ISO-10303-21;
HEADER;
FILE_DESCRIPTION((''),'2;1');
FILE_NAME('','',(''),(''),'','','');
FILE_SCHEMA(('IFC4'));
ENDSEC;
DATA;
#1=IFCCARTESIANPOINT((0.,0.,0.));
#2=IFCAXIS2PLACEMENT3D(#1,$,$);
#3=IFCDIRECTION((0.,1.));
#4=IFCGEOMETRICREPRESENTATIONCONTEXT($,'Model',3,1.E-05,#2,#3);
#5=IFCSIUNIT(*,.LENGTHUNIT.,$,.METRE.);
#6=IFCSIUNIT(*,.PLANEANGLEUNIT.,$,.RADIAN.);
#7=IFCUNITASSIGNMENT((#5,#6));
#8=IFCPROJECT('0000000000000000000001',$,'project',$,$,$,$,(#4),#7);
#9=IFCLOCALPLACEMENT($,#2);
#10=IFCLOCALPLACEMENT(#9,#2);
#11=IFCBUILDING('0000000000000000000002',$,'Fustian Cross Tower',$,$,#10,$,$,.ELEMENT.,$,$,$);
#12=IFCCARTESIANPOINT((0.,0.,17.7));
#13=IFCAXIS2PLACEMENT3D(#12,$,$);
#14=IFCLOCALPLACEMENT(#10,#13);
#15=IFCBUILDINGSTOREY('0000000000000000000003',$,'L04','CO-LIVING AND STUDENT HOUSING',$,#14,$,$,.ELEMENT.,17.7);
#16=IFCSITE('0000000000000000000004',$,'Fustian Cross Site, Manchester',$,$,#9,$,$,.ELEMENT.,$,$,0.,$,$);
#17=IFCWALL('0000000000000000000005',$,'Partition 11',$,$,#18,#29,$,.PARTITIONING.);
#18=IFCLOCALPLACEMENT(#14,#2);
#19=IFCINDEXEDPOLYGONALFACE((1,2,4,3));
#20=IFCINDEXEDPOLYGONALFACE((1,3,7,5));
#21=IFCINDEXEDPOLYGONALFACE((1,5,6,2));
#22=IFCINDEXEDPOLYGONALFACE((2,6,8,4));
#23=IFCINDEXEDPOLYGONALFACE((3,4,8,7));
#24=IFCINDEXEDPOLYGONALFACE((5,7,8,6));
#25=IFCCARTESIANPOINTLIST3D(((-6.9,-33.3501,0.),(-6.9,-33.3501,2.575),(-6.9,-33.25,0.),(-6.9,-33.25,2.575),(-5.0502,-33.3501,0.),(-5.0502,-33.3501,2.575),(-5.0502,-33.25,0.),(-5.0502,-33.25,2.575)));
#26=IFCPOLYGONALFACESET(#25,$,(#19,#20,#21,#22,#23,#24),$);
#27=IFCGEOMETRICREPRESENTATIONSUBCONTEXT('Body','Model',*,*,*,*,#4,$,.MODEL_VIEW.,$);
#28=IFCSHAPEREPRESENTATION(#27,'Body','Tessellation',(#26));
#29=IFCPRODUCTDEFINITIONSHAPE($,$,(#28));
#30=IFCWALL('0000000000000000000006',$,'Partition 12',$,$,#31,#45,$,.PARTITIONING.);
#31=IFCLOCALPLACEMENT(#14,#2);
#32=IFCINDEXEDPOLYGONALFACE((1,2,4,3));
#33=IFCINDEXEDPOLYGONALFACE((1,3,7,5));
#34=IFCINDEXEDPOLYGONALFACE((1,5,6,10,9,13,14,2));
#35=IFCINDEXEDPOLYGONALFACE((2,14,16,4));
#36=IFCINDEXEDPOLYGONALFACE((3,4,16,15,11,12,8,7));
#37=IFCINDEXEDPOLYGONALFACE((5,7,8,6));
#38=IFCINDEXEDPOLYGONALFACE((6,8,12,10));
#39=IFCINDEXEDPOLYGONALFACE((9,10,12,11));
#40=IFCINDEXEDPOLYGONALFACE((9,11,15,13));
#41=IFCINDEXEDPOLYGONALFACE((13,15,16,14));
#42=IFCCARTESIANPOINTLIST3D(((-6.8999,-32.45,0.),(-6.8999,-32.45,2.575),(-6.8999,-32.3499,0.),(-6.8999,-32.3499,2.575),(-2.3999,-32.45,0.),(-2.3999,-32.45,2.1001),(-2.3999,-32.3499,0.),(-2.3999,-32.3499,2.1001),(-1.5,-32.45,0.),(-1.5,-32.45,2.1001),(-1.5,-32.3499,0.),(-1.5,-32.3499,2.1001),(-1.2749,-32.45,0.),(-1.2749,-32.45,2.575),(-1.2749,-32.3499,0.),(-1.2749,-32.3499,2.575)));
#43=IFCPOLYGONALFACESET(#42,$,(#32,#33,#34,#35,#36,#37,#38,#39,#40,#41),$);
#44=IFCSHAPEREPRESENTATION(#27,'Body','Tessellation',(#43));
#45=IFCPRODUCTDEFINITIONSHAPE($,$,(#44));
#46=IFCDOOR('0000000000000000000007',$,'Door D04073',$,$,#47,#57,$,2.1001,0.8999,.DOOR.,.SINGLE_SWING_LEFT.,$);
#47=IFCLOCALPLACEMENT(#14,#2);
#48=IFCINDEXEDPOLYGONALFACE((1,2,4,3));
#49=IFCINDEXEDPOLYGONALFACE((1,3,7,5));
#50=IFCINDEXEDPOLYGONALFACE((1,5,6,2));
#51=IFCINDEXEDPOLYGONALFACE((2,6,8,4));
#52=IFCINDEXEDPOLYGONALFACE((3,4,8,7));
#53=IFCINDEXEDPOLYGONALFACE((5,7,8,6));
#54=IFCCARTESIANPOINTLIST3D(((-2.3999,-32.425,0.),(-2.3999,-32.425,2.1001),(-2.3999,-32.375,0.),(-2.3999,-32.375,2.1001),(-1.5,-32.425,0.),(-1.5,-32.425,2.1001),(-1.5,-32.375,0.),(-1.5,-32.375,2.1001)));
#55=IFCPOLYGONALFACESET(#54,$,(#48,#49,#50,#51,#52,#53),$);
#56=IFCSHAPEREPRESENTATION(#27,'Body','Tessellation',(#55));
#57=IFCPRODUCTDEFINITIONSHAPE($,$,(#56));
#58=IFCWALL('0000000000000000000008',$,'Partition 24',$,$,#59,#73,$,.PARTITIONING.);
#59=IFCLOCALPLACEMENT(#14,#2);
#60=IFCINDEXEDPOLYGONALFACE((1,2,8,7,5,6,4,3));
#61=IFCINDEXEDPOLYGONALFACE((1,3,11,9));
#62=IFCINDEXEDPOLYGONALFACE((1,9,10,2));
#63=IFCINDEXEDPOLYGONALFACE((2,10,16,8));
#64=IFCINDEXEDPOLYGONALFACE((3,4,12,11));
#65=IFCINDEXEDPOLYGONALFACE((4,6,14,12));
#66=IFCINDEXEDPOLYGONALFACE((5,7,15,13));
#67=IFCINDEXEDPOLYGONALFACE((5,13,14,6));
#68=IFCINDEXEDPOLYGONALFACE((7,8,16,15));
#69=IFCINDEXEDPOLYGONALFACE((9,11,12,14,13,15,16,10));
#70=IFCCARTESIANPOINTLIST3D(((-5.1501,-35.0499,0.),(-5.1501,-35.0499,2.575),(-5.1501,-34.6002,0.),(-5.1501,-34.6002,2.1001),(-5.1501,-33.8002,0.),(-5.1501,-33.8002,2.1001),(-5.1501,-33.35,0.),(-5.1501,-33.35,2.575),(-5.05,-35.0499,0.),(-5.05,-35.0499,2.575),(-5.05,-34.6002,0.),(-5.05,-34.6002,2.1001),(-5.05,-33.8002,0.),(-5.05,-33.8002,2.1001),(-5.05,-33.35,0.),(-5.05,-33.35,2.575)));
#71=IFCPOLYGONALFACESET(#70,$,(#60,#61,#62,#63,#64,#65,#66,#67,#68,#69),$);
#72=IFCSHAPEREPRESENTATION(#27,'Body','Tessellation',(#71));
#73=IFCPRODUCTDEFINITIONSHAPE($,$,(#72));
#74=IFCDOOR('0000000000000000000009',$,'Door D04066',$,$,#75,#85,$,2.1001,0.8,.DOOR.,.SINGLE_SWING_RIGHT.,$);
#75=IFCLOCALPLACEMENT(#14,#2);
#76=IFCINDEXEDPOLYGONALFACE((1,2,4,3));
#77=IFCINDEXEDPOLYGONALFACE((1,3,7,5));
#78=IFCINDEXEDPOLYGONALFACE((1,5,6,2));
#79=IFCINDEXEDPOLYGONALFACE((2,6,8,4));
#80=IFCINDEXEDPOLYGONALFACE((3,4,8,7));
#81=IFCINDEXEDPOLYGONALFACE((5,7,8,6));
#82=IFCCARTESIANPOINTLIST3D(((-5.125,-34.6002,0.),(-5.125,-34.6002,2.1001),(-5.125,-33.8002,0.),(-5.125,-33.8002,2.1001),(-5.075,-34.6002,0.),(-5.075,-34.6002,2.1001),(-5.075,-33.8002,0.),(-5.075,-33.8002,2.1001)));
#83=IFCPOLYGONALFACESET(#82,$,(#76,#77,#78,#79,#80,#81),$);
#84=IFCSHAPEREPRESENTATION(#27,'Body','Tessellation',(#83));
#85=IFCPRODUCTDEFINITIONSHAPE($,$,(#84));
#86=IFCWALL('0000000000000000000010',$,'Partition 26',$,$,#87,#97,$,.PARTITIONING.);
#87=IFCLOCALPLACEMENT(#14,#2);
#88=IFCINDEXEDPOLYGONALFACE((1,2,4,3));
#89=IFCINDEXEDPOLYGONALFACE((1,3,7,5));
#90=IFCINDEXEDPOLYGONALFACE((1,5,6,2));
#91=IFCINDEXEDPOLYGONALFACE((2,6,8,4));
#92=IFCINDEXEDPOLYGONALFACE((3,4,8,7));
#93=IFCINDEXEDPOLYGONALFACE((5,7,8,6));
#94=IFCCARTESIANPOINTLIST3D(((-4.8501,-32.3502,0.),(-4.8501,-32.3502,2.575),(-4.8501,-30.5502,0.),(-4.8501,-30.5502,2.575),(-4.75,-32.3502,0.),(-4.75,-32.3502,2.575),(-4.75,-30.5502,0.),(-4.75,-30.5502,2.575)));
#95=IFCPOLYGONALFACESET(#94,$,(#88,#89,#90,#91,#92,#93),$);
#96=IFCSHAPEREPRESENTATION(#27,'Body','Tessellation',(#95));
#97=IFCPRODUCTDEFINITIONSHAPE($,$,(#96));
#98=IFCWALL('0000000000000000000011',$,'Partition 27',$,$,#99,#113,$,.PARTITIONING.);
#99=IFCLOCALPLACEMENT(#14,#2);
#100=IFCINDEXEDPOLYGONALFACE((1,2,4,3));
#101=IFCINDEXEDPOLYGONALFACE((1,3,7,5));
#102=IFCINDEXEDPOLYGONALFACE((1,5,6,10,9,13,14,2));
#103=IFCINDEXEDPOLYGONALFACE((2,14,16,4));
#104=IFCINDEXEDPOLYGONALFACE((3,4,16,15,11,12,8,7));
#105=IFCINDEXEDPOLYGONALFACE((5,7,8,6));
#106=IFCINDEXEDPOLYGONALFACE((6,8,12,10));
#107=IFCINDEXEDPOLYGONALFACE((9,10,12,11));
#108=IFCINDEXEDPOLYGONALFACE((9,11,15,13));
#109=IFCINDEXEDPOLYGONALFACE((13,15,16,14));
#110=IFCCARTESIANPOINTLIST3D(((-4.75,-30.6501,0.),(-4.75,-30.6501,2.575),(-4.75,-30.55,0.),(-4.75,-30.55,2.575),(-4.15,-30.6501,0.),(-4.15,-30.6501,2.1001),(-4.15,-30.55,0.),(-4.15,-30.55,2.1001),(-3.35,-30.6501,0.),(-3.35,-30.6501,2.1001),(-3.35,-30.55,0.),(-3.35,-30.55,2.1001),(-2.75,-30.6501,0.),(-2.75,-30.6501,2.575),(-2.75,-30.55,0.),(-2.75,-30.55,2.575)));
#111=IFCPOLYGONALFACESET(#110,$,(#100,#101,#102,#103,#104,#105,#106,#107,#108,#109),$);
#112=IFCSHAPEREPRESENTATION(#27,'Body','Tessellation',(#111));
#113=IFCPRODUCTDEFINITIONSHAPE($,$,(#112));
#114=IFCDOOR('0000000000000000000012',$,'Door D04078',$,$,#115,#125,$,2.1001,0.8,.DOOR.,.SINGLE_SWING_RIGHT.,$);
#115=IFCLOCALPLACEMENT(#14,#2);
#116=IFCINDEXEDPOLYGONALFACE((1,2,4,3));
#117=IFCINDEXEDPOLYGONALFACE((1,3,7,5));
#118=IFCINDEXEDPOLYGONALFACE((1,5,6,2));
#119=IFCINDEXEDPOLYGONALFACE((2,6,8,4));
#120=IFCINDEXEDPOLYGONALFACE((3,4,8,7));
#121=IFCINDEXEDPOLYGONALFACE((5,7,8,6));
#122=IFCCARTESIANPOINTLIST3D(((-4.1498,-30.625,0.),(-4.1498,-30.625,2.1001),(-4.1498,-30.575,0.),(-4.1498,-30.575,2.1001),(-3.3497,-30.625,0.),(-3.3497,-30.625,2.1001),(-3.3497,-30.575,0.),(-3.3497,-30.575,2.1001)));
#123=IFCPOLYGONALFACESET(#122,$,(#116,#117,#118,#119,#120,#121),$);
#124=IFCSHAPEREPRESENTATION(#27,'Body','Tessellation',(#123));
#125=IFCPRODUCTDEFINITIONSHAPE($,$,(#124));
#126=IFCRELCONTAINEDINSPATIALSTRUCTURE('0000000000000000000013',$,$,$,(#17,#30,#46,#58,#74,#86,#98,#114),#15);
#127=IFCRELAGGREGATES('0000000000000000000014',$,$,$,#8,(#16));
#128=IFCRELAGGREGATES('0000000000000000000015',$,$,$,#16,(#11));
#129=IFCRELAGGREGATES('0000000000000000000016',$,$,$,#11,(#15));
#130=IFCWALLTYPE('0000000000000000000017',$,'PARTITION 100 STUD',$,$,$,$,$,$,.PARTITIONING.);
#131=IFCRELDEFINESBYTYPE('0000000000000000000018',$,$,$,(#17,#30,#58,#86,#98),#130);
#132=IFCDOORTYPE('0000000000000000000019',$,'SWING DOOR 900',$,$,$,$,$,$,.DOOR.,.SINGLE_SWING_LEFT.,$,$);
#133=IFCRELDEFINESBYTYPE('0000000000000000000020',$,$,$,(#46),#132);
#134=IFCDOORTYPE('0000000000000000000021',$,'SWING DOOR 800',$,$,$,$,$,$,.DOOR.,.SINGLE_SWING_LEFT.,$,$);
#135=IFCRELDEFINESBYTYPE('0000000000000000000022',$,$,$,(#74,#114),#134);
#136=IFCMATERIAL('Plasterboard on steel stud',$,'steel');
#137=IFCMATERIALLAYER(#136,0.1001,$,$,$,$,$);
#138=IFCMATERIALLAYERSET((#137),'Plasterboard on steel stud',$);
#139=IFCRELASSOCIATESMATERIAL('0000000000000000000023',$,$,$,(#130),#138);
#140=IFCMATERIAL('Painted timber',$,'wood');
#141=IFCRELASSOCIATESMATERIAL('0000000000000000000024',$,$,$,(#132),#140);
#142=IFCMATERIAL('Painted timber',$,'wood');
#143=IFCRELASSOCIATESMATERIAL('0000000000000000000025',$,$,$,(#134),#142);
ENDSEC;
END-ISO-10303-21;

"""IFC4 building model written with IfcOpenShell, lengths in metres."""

from ifc_helpers import new_model, si_unit, direction, frame, frame_2d, origin, place, context, subcontext, project, spatial, rectangle, extrude, material, layer, layer_set, type_object, element, fill, save


model = new_model("IFC4")

# Units and contexts
model_context = context("Model", 3, precision=1e-05, world=origin(), true_north=direction((0.0, 1.0)))
body_context = subcontext(model_context, "Body", "Model", "MODEL_VIEW")
ifc_project = project(units=[si_unit("LENGTHUNIT", "METRE"), si_unit("PLANEANGLEUNIT", "RADIAN")], contexts=[model_context])

# Site, building, storey
site_placement = place(None, origin())
site = spatial("IfcSite", under=ifc_project, at=site_placement, Name="Fustian Cross Site, Manchester", CompositionType="ELEMENT", RefElevation=0.0)
building_placement = place(site_placement, origin())
building = spatial("IfcBuilding", under=site, at=building_placement, Name="Fustian Cross Tower", CompositionType="ELEMENT")
storey_placement = place(building_placement, frame((0.0, 0.0, 17.7)))
storey = spatial("IfcBuildingStorey", under=building, at=storey_placement, Name="L04", Description="CO-LIVING AND STUDENT HOUSING", CompositionType="ELEMENT", Elevation=17.7)

# Wall
ifc_material_1 = material(Name="Plasterboard on steel stud", Category="steel")
ifc_layer_1 = layer(ifc_material_1, 0.1001)
ifc_layer_set_1 = layer_set([ifc_layer_1], Name="Plasterboard on steel stud")
wall_type_1 = type_object("IfcWallType", Name="PARTITION 100 STUD", PredefinedType="PARTITIONING", material=ifc_layer_set_1)
wall_1_placement = place(storey_placement, frame((-6.8999, -33.3, 0.0), z_axis=(0.0, 0.0, 1.0), x_axis=(1.0, 0.0, 0.0)))
element("IfcWall", 1, at=wall_1_placement, inside=storey, type_object=wall_type_1, Name="Partition 11", PredefinedType="PARTITIONING", context=body_context, shape_type="SweptSolid", body=[
    extrude(rectangle(XDim=1.8499, YDim=0.1001, at=frame_2d((0.9248, 0.0))), origin(), (0.0, 0.0, 1.0), 2.575),
])

# Walls, openings, doors
wall_2_placement = place(storey_placement, frame((-6.8999, -32.3999, 0.0), z_axis=(0.0, 0.0, 1.0), x_axis=(1.0, 0.0, 0.0)))
wall_2 = element("IfcWall", 2, at=wall_2_placement, inside=storey, type_object=wall_type_1, Name="Partition 12", PredefinedType="PARTITIONING", context=body_context, shape_type="SweptSolid", body=[
    extrude(rectangle(XDim=5.625, YDim=0.1001, at=frame_2d((2.8125, 0.0))), origin(), (0.0, 0.0, 1.0), 2.575),
])
opening_1_placement = place(wall_2_placement, frame((4.5, 0.0, 0.0)))
opening_1 = element("IfcOpeningElement", 3, at=opening_1_placement, cuts=wall_2, PredefinedType="OPENING", context=body_context, shape_type="SweptSolid", body=[
    extrude(rectangle(XDim=0.8999, YDim=2.1001, at=frame_2d((0.45, 1.05))), frame((0.0, 0.0601, 0.0), z_axis=(0.0, -1.0, 0.0), x_axis=(1.0, 0.0, 0.0)), (0.0, 0.0, 1.0), 0.1201),
])
ifc_material_2 = material(Name="Painted timber", Category="wood")
door_type_1 = type_object("IfcDoorType", Name="SWING DOOR 900", OperationType="SINGLE_SWING_LEFT", PredefinedType="DOOR", material=ifc_material_2)
door_1_placement = place(opening_1_placement, origin())
door_1 = element("IfcDoor", 4, at=door_1_placement, inside=storey, type_object=door_type_1, Name="Door D04073", OperationType="SINGLE_SWING_LEFT", OverallHeight=2.1001, OverallWidth=0.8999, PredefinedType="DOOR", context=body_context, shape_type="SweptSolid", body=[
    extrude(rectangle(XDim=0.8999, YDim=2.1001, at=frame_2d((0.45, 1.05))), frame((0.0, 0.0249, 0.0), z_axis=(0.0, -1.0, 0.0), x_axis=(1.0, 0.0, 0.0)), (0.0, 0.0, 1.0), 0.05),
])
fill(opening_1, door_1)
wall_3_placement = place(storey_placement, frame((-5.1001, -35.05, 0.0), z_axis=(0.0, 0.0, 1.0), x_axis=(0.0, 1.0, 0.0)))
wall_3 = element("IfcWall", 5, at=wall_3_placement, inside=storey, type_object=wall_type_1, Name="Partition 24", PredefinedType="PARTITIONING", context=body_context, shape_type="SweptSolid", body=[
    extrude(rectangle(XDim=1.7, YDim=0.1001, at=frame_2d((0.8501, 0.0))), origin(), (0.0, 0.0, 1.0), 2.575),
])
opening_2_placement = place(wall_3_placement, frame((0.45, 0.0, 0.0)))
opening_2 = element("IfcOpeningElement", 6, at=opening_2_placement, cuts=wall_3, PredefinedType="OPENING", context=body_context, shape_type="SweptSolid", body=[
    extrude(rectangle(XDim=0.8, YDim=2.1001, at=frame_2d((0.3999, 1.05))), frame((0.0, 0.0601, 0.0), z_axis=(0.0, -1.0, 0.0), x_axis=(1.0, 0.0, 0.0)), (0.0, 0.0, 1.0), 0.1201),
])
ifc_material_3 = material(Name="Painted timber", Category="wood")
door_type_2 = type_object("IfcDoorType", Name="SWING DOOR 800", OperationType="SINGLE_SWING_LEFT", PredefinedType="DOOR", material=ifc_material_3)
door_2_placement = place(opening_2_placement, origin())
door_2 = element("IfcDoor", 7, at=door_2_placement, inside=storey, type_object=door_type_2, Name="Door D04066", OperationType="SINGLE_SWING_RIGHT", OverallHeight=2.1001, OverallWidth=0.8, PredefinedType="DOOR", context=body_context, shape_type="SweptSolid", body=[
    extrude(rectangle(XDim=0.8, YDim=2.1001, at=frame_2d((0.3999, 1.05))), frame((0.0, 0.0249, 0.0), z_axis=(0.0, -1.0, 0.0), x_axis=(1.0, 0.0, 0.0)), (0.0, 0.0, 1.0), 0.05),
])
fill(opening_2, door_2)

# Wall
wall_4_placement = place(storey_placement, frame((-4.8, -32.3501, 0.0), z_axis=(0.0, 0.0, 1.0), x_axis=(0.0, 1.0, 0.0)))
element("IfcWall", 8, at=wall_4_placement, inside=storey, type_object=wall_type_1, Name="Partition 26", PredefinedType="PARTITIONING", context=body_context, shape_type="SweptSolid", body=[
    extrude(rectangle(XDim=1.8, YDim=0.1001, at=frame_2d((0.8999, 0.0))), origin(), (0.0, 0.0, 1.0), 2.575),
])

# Wall, opening, door
wall_5_placement = place(storey_placement, frame((-4.75, -30.6001, 0.0), z_axis=(0.0, 0.0, 1.0), x_axis=(1.0, 0.0, 0.0)))
wall_5 = element("IfcWall", 9, at=wall_5_placement, inside=storey, type_object=wall_type_1, Name="Partition 27", PredefinedType="PARTITIONING", context=body_context, shape_type="SweptSolid", body=[
    extrude(rectangle(XDim=2.0, YDim=0.1001, at=frame_2d((1.0, 0.0))), origin(), (0.0, 0.0, 1.0), 2.575),
])
opening_3_placement = place(wall_5_placement, frame((0.6001, 0.0, 0.0)))
opening_3 = element("IfcOpeningElement", 10, at=opening_3_placement, cuts=wall_5, PredefinedType="OPENING", context=body_context, shape_type="SweptSolid", body=[
    extrude(rectangle(XDim=0.8, YDim=2.1001, at=frame_2d((0.3999, 1.05))), frame((0.0, 0.0601, 0.0), z_axis=(0.0, -1.0, 0.0), x_axis=(1.0, 0.0, 0.0)), (0.0, 0.0, 1.0), 0.1201),
])
door_3_placement = place(opening_3_placement, frame((0.8, 0.0, 0.0), z_axis=(0.0, 0.0, 1.0), x_axis=(-1.0, 0.0, 0.0)))
door_3 = element("IfcDoor", 11, at=door_3_placement, inside=storey, type_object=door_type_2, Name="Door D04078", OperationType="SINGLE_SWING_RIGHT", OverallHeight=2.1001, OverallWidth=0.8, PredefinedType="DOOR", context=body_context, shape_type="SweptSolid", body=[
    extrude(rectangle(XDim=0.8, YDim=2.1001, at=frame_2d((0.3999, 1.05))), frame((0.0, 0.0249, 0.0), z_axis=(0.0, -1.0, 0.0), x_axis=(1.0, 0.0, 0.0)), (0.0, 0.0, 1.0), 0.05),
])
fill(opening_3, door_3)

save(model, "model.ifc")
